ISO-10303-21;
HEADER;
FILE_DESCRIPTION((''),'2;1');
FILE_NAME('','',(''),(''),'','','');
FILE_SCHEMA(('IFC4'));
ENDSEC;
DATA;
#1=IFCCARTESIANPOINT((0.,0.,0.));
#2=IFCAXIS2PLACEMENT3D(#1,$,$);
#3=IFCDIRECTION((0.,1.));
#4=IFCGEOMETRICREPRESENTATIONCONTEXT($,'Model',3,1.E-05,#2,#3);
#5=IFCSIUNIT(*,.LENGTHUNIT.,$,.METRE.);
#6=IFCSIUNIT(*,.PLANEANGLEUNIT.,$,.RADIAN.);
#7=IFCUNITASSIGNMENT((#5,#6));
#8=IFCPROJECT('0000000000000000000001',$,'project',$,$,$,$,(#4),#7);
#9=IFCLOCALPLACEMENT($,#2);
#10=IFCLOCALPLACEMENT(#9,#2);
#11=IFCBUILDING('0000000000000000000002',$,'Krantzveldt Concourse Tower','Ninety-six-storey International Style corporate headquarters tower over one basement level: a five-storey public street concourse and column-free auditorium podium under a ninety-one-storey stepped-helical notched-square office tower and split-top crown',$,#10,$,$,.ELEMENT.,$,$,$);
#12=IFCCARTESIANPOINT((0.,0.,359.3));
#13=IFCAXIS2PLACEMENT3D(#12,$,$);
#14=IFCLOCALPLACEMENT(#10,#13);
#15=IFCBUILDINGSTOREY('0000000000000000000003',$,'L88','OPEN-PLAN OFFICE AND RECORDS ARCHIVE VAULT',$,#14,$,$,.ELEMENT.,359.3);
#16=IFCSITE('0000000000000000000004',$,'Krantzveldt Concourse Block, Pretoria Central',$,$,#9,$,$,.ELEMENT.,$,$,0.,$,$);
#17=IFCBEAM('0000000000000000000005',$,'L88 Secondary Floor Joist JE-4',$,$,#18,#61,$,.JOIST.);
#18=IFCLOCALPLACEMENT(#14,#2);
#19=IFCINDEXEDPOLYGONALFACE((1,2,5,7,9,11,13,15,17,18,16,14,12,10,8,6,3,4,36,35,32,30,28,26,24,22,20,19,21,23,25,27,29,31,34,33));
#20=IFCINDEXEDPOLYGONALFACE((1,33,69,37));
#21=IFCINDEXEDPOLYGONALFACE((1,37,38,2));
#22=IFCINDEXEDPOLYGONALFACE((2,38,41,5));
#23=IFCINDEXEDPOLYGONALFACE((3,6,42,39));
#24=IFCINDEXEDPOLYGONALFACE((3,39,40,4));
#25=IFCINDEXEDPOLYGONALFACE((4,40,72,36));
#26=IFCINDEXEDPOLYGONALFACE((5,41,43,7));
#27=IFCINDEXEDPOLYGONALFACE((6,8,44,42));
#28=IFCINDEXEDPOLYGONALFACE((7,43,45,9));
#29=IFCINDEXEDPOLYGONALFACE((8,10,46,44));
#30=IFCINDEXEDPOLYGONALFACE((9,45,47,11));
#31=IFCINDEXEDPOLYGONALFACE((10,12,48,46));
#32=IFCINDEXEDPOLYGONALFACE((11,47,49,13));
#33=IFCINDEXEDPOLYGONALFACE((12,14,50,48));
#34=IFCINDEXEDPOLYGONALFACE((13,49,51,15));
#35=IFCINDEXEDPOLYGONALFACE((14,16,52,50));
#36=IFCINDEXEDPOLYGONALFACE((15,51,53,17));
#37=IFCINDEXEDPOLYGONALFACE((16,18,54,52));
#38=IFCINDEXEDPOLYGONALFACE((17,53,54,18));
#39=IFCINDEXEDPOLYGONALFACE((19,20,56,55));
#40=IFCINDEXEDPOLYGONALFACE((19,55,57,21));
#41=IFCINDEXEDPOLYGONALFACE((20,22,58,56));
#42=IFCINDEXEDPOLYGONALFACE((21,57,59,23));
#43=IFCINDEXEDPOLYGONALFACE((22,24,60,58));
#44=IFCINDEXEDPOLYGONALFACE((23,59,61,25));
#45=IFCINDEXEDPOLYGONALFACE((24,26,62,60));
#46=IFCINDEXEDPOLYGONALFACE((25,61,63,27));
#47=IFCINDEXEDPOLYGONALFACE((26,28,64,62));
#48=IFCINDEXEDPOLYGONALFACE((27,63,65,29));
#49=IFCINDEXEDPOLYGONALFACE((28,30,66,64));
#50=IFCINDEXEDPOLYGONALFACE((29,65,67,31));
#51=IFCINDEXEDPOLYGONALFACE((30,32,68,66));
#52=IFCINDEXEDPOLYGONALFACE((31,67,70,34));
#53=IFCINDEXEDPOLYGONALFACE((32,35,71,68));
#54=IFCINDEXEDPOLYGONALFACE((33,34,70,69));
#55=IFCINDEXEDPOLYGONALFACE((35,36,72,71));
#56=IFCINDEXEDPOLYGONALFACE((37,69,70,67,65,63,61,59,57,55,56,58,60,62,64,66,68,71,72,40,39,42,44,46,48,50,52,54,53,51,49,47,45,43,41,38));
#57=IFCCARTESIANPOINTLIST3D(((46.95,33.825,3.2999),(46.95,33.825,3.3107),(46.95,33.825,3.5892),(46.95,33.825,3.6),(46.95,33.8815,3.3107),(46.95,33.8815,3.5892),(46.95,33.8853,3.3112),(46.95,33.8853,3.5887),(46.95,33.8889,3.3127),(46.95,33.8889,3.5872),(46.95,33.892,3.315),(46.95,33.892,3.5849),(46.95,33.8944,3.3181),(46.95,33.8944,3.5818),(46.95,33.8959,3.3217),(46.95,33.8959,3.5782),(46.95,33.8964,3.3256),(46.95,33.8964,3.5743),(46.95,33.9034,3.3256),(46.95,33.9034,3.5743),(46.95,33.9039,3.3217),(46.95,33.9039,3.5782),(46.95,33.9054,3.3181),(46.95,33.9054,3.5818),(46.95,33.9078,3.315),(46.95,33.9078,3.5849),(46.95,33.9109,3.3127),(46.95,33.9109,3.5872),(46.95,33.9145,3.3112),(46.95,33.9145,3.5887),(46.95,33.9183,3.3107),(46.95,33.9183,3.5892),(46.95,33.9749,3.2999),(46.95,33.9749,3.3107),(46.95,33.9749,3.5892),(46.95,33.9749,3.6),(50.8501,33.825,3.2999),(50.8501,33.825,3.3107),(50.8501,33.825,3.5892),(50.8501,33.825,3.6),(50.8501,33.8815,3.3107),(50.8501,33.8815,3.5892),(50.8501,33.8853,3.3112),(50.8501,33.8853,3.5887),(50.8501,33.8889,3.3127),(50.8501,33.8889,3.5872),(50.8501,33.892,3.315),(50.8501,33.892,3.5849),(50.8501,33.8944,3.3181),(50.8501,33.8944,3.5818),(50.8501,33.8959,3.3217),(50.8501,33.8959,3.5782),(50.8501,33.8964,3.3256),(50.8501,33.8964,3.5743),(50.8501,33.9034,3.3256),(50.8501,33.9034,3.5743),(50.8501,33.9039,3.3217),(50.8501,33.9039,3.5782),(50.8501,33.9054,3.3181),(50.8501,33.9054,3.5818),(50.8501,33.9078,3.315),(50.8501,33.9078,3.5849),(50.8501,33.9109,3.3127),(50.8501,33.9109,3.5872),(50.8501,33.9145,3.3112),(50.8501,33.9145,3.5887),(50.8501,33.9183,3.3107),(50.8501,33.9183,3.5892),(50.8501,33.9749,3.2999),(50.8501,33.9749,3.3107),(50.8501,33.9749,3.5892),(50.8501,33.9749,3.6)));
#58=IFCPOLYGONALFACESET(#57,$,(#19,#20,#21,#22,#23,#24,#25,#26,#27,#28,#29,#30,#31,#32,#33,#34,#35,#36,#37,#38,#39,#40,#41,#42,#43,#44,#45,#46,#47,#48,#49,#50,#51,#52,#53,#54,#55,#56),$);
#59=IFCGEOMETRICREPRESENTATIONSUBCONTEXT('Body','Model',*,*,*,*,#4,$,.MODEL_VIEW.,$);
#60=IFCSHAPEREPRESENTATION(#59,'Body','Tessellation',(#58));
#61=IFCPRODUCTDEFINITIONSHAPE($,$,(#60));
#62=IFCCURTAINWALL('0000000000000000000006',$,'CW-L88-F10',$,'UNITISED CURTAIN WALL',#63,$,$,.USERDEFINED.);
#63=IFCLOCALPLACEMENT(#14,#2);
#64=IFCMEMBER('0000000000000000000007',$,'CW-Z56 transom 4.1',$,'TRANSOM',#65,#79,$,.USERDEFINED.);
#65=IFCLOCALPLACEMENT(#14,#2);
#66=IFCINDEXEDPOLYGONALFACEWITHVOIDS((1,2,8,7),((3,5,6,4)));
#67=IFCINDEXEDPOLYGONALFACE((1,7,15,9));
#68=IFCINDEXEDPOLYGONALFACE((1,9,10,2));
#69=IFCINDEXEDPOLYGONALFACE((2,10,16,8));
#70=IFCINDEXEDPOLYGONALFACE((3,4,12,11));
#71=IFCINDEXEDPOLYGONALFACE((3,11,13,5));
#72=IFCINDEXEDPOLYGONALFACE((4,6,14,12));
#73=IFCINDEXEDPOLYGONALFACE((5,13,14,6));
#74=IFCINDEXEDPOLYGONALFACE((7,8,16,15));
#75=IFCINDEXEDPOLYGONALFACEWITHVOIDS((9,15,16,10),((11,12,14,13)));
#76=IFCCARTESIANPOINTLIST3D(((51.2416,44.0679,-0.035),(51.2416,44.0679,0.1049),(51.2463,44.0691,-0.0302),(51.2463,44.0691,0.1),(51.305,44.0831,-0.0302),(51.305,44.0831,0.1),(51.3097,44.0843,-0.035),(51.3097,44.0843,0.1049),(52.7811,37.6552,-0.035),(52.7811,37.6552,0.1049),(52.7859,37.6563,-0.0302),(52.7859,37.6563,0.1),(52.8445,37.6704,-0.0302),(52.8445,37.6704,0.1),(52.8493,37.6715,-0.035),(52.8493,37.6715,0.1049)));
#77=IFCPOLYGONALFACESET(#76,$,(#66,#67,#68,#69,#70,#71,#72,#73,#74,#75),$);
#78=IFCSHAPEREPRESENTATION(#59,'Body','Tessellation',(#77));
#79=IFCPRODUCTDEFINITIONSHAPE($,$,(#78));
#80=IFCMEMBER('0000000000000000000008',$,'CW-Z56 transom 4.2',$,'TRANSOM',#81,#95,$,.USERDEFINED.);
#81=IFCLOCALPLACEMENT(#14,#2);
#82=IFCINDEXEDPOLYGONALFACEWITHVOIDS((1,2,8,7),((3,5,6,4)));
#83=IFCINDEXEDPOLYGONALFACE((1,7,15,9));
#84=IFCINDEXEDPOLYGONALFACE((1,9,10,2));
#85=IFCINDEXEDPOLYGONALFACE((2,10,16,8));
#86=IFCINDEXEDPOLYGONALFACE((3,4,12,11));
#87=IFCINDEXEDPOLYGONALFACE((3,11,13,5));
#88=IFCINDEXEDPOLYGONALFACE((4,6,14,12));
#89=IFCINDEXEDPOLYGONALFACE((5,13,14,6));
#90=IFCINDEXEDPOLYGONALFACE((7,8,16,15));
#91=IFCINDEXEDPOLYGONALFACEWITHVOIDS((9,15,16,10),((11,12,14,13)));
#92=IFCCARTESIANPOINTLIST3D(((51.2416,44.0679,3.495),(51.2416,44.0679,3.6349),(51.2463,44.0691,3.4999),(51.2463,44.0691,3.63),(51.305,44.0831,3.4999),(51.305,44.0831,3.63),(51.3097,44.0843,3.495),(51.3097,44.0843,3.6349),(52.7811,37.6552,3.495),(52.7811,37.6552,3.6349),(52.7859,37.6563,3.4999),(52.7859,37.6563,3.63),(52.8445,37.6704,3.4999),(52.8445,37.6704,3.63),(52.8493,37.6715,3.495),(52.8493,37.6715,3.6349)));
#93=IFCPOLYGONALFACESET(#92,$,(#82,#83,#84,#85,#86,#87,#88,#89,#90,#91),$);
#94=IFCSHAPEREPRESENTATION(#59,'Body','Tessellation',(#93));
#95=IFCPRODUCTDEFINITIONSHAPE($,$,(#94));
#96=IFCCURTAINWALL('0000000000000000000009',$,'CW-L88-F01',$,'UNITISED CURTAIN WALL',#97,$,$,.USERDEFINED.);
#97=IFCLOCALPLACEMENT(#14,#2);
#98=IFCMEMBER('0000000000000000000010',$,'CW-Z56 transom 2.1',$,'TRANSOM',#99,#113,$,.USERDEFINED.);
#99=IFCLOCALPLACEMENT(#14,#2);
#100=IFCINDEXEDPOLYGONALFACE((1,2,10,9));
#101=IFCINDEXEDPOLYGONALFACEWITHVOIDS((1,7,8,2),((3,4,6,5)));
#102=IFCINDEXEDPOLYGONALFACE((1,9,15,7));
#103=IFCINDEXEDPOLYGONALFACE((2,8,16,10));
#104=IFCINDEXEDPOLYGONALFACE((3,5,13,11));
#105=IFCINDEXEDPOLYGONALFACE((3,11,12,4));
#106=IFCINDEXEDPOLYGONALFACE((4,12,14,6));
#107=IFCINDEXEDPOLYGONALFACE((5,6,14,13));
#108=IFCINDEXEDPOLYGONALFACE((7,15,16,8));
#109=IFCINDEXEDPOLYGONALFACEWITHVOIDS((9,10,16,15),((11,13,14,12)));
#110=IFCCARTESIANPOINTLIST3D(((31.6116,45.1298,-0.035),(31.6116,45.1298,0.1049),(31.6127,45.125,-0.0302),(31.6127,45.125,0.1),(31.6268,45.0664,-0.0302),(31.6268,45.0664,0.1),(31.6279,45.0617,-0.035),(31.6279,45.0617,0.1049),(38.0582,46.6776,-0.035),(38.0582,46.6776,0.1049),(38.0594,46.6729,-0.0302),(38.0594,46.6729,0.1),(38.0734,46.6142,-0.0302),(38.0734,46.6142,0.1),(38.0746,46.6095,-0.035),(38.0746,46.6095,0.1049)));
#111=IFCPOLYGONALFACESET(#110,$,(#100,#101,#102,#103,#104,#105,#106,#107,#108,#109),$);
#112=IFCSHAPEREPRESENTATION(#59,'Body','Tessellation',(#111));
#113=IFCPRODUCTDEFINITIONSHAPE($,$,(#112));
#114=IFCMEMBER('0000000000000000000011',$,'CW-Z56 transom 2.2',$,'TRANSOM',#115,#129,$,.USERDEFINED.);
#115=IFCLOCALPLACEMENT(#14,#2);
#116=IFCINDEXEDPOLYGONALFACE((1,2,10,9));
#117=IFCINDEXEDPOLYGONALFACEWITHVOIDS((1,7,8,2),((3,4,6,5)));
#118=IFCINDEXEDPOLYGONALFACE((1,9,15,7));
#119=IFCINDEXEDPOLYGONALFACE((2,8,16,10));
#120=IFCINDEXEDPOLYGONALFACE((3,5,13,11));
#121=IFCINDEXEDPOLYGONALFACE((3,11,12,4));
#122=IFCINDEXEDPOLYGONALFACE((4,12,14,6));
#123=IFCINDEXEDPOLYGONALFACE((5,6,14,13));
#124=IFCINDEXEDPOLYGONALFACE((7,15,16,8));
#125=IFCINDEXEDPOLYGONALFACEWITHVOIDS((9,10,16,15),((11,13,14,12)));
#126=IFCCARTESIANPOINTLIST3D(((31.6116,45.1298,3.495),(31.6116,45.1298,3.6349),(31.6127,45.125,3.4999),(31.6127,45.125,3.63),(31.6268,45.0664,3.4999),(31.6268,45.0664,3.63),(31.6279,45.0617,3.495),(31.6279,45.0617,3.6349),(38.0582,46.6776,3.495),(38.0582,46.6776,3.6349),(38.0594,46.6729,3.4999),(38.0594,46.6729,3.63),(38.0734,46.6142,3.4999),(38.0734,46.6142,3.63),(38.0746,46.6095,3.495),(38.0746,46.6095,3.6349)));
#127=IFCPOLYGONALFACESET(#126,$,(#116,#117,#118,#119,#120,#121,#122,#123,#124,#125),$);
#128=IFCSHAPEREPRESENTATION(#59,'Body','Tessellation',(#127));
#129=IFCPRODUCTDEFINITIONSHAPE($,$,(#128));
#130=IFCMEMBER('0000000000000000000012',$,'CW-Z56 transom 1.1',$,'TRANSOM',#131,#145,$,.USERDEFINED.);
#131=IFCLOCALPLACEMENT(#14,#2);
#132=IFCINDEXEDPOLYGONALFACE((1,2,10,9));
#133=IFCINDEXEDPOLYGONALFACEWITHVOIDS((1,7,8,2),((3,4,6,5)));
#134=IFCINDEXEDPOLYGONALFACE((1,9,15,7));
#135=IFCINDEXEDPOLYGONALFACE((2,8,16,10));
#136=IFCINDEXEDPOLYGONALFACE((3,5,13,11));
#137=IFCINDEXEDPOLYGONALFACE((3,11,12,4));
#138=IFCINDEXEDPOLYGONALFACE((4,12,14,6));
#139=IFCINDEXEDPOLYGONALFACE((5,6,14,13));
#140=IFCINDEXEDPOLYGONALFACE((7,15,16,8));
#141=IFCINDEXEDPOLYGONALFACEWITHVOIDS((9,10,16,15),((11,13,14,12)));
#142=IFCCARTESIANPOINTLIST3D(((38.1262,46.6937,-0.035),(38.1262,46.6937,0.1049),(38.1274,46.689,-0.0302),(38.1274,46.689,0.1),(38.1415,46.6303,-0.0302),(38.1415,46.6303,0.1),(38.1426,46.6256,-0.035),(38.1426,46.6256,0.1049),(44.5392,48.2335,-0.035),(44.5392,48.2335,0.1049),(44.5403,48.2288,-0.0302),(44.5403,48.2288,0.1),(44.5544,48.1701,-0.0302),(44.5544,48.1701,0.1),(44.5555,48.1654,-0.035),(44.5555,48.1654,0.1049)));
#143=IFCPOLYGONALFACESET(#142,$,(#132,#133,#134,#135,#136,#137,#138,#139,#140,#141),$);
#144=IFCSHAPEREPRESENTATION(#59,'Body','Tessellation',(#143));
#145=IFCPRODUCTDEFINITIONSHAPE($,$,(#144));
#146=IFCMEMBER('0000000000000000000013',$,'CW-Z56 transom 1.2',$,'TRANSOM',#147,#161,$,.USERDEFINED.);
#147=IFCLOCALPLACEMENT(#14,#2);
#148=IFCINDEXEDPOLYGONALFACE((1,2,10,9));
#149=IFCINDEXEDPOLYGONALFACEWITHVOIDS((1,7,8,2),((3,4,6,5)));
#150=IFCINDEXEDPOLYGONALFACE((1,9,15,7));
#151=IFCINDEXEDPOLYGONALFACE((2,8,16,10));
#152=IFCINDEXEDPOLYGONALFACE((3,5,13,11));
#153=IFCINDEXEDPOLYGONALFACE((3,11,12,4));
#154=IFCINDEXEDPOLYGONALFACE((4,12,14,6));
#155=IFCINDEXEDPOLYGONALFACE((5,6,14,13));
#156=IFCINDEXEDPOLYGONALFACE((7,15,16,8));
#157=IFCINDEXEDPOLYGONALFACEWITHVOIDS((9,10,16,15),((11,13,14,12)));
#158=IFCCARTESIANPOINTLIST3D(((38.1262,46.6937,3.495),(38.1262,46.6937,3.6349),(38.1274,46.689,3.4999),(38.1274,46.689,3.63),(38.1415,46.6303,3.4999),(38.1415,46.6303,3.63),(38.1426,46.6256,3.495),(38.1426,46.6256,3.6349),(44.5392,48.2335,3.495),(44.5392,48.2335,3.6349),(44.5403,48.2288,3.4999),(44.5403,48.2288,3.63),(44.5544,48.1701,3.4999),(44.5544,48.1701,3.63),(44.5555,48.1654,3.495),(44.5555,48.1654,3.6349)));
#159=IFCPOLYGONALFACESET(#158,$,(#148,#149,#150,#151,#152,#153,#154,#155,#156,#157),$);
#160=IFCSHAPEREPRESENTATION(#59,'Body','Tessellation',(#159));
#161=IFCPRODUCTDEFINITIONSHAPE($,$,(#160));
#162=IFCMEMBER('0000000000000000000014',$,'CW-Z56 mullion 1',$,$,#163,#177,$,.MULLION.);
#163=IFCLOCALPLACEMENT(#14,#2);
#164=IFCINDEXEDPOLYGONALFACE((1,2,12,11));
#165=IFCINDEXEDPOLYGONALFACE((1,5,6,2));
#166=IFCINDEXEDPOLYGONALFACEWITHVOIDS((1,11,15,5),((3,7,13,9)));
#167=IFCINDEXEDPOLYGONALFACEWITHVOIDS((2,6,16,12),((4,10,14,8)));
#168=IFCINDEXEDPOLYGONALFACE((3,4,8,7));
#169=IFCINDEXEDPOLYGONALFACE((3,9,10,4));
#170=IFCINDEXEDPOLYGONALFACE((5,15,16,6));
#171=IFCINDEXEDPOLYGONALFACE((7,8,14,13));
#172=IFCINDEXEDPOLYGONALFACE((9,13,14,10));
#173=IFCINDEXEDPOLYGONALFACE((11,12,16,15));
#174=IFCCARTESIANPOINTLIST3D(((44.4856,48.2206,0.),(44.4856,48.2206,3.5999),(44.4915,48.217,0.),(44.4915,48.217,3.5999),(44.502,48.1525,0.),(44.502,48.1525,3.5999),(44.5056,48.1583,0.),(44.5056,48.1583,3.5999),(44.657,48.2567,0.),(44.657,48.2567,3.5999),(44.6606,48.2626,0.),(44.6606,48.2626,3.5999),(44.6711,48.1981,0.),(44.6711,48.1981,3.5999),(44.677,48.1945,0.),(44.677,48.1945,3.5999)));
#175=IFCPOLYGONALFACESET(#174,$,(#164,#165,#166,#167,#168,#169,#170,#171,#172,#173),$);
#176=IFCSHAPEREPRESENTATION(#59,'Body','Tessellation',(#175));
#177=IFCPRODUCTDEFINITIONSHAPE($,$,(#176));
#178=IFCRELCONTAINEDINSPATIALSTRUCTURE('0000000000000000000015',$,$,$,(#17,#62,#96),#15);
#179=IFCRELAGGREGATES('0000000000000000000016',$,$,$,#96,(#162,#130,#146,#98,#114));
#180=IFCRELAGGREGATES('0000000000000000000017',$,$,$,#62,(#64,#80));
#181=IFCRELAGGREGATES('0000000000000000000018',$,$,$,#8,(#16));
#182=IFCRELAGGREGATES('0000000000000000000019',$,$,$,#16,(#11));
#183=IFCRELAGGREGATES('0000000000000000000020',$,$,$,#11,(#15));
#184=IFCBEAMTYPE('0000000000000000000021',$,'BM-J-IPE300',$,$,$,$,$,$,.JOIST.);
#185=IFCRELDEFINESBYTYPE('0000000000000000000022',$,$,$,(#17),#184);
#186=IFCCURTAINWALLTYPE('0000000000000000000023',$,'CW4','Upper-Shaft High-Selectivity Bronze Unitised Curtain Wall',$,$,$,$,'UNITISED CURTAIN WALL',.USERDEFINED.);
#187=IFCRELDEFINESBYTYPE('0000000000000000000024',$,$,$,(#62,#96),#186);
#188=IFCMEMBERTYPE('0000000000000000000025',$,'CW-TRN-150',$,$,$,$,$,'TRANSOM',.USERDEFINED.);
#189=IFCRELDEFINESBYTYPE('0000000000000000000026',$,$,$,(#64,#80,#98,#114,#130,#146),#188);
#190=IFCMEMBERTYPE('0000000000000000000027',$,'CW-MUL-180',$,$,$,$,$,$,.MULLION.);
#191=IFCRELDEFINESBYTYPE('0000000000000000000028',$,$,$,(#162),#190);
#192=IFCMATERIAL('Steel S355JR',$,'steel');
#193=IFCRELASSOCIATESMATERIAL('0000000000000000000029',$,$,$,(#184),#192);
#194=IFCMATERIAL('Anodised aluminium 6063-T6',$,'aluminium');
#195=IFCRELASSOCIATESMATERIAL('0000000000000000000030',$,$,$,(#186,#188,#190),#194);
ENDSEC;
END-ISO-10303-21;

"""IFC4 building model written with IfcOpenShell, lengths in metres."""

from ifc_helpers import new_model, si_unit, direction, frame, origin, origin_2d, place, context, subcontext, project, spatial, hollow_rectangle, i_section, extrude, source, transform, mapped, material, material_profile, profile_set, type_object, type_shapes, element, aggregate, save


model = new_model("IFC4")

# Units and contexts
model_context = context("Model", 3, precision=1e-05, world=origin(), true_north=direction((0.0, 1.0)))
body_context = subcontext(model_context, "Body", "Model", "MODEL_VIEW")
ifc_project = project(units=[si_unit("LENGTHUNIT", "METRE"), si_unit("PLANEANGLEUNIT", "RADIAN")], contexts=[model_context])

# Site, building, storey
site_placement = place(None, origin())
site = spatial("IfcSite", under=ifc_project, at=site_placement, Name="Krantzveldt Concourse Block, Pretoria Central", CompositionType="ELEMENT", RefElevation=0.0)
building_placement = place(site_placement, origin())
building = spatial("IfcBuilding", under=site, at=building_placement, Name="Krantzveldt Concourse Tower", Description="Ninety-six-storey International Style corporate headquarters tower over one basement level: a five-storey public street concourse and column-free auditorium podium under a ninety-one-storey stepped-helical notched-square office tower and split-top crown", CompositionType="ELEMENT")
storey_placement = place(building_placement, frame((0.0, 0.0, 359.3)))
storey = spatial("IfcBuildingStorey", under=building, at=storey_placement, Name="L88", Description="OPEN-PLAN OFFICE AND RECORDS ARCHIVE VAULT", CompositionType="ELEMENT", Elevation=359.3)

# Beam
ifc_material_1 = material(Name="Steel S355JR", Category="steel")
ifc_material_profile_1 = material_profile(ifc_material_1, i_section(OverallWidth=0.1499, OverallDepth=0.3, WebThickness=0.0071, FlangeThickness=0.0107, FilletRadius=0.0149, at=origin_2d()), Name="Steel S355JR", Category="steel")
ifc_profile_set_1 = profile_set([ifc_material_profile_1], Name="Steel S355JR - IPE 300")
beam_type_1 = type_object("IfcBeamType", Name="BM-J-IPE300", PredefinedType="JOIST", material=ifc_profile_set_1)
shared_shape_1 = source(origin(), body_context, "Body", "SweptSolid", [
    extrude(i_section(OverallWidth=0.1499, OverallDepth=0.3, WebThickness=0.0071, FlangeThickness=0.0107, FilletRadius=0.0149, at=origin_2d()), origin(), (0.0, 0.0, 1.0), 3.9001),
])
type_shapes(beam_type_1, [shared_shape_1])
beam_1_placement = place(storey_placement, frame((46.95, 33.8999, 3.45), z_axis=(1.0, 0.0, 0.0), x_axis=(0.0, 1.0, 0.0)))
element("IfcBeam", 1, at=beam_1_placement, inside=storey, type_object=beam_type_1, Name="L88 Secondary Floor Joist JE-4", PredefinedType="JOIST", context=body_context, shape_type="MappedRepresentation", body=[
    mapped(shared_shape_1, transform((0.0, 0.0, 0.0), x_axis=(1.0, 0.0, 0.0), y_axis=(0.0, 1.0, 0.0), z_axis=(0.0, 0.0, 1.0), scale=1.0)),
])

# Curtain walls, members
ifc_material_2 = material(Name="Anodised aluminium 6063-T6", Category="aluminium")
curtain_wall_type = type_object("IfcCurtainWallType", Name="CW4", Description="Upper-Shaft High-Selectivity Bronze Unitised Curtain Wall", ElementType="UNITISED CURTAIN WALL", PredefinedType="USERDEFINED", material=ifc_material_2)
curtain_wall_1_placement = place(storey_placement, origin())
curtain_wall_1 = element("IfcCurtainWall", 2, at=curtain_wall_1_placement, inside=storey, type_object=curtain_wall_type, Name="CW-L88-F10", ObjectType="UNITISED CURTAIN WALL", PredefinedType="USERDEFINED")
ifc_material_profile_2 = material_profile(ifc_material_2, hollow_rectangle(XDim=0.0701, YDim=0.1399, WallThickness=0.0049, at=origin_2d()), Name="Anodised aluminium 6063-T6", Category="aluminium")
ifc_profile_set_2 = profile_set([ifc_material_profile_2], Name="Anodised aluminium 6063-T6 - ALU-TRAN 140x70x5")
member_type_1 = type_object("IfcMemberType", Name="CW-TRN-150", ElementType="TRANSOM", PredefinedType="USERDEFINED", material=ifc_profile_set_2)
shared_shape_2 = source(origin(), body_context, "Body", "SweptSolid", [
    extrude(hollow_rectangle(XDim=0.0701, YDim=0.1399, WallThickness=0.0049, at=origin_2d()), origin(), (0.0, 0.0, 1.0), 6.595),
])
member_1_placement = place(storey_placement, frame((52.8152, 37.6633, 0.0349), z_axis=(-0.23344, 0.972371, 0.0), x_axis=(-0.972371, -0.23344, 0.0)))
member_1 = element("IfcMember", 3, at=member_1_placement, type_object=member_type_1, Name="CW-Z56 transom 4.1", ObjectType="TRANSOM", PredefinedType="USERDEFINED", context=body_context, shape_type="MappedRepresentation", body=[
    mapped(shared_shape_2, transform((0.0, 0.0, 0.0), x_axis=(1.0, 0.0, 0.0), y_axis=(0.0, 1.0, 0.0), z_axis=(0.0, 0.0, 1.0), scale=1.0)),
])
member_2_placement = place(storey_placement, frame((52.8152, 37.6633, 3.5649), z_axis=(-0.23344, 0.972371, 0.0), x_axis=(-0.972371, -0.23344, 0.0)))
member_2 = element("IfcMember", 4, at=member_2_placement, type_object=member_type_1, Name="CW-Z56 transom 4.2", ObjectType="TRANSOM", PredefinedType="USERDEFINED", context=body_context, shape_type="MappedRepresentation", body=[
    mapped(shared_shape_2, transform((0.0, 0.0, 0.0), x_axis=(1.0, 0.0, 0.0), y_axis=(0.0, 1.0, 0.0), z_axis=(0.0, 0.0, 1.0), scale=1.0)),
])
curtain_wall_2_placement = place(storey_placement, origin())
curtain_wall_2 = element("IfcCurtainWall", 5, at=curtain_wall_2_placement, inside=storey, type_object=curtain_wall_type, Name="CW-L88-F01", ObjectType="UNITISED CURTAIN WALL", PredefinedType="USERDEFINED")
shared_shape_3 = source(origin(), body_context, "Body", "SweptSolid", [
    extrude(hollow_rectangle(XDim=0.0701, YDim=0.1399, WallThickness=0.0049, at=origin_2d()), origin(), (0.0, 0.0, 1.0), 6.6299),
])
member_3_placement = place(storey_placement, frame((38.0664, 46.6436, 0.0349), z_axis=(-0.972366, -0.233462, 0.0), x_axis=(0.233462, -0.972366, 0.0)))
member_3 = element("IfcMember", 6, at=member_3_placement, type_object=member_type_1, Name="CW-Z56 transom 2.1", ObjectType="TRANSOM", PredefinedType="USERDEFINED", context=body_context, shape_type="MappedRepresentation", body=[
    mapped(shared_shape_3, transform((0.0, 0.0, 0.0), x_axis=(1.0, 0.0, 0.0), y_axis=(0.0, 1.0, 0.0), z_axis=(0.0, 0.0, 1.0), scale=1.0)),
])
member_4_placement = place(storey_placement, frame((38.0664, 46.6436, 3.5649), z_axis=(-0.972366, -0.233462, 0.0), x_axis=(0.233462, -0.972366, 0.0)))
member_4 = element("IfcMember", 7, at=member_4_placement, type_object=member_type_1, Name="CW-Z56 transom 2.2", ObjectType="TRANSOM", PredefinedType="USERDEFINED", context=body_context, shape_type="MappedRepresentation", body=[
    mapped(shared_shape_3, transform((0.0, 0.0, 0.0), x_axis=(1.0, 0.0, 0.0), y_axis=(0.0, 1.0, 0.0), z_axis=(0.0, 0.0, 1.0), scale=1.0)),
])
shared_shape_4 = source(origin(), body_context, "Body", "SweptSolid", [
    extrude(hollow_rectangle(XDim=0.0701, YDim=0.1399, WallThickness=0.0049, at=origin_2d()), origin(), (0.0, 0.0, 1.0), 6.5952),
])
type_shapes(member_type_1, [shared_shape_2, shared_shape_3, shared_shape_4])
member_5_placement = place(storey_placement, frame((44.5474, 48.1995, 0.0349), z_axis=(-0.972363, -0.233475, 0.0), x_axis=(0.233475, -0.972363, 0.0)))
member_5 = element("IfcMember", 8, at=member_5_placement, type_object=member_type_1, Name="CW-Z56 transom 1.1", ObjectType="TRANSOM", PredefinedType="USERDEFINED", context=body_context, shape_type="MappedRepresentation", body=[
    mapped(shared_shape_4, transform((0.0, 0.0, 0.0), x_axis=(1.0, 0.0, 0.0), y_axis=(0.0, 1.0, 0.0), z_axis=(0.0, 0.0, 1.0), scale=1.0)),
])
member_6_placement = place(storey_placement, frame((44.5474, 48.1995, 3.5649), z_axis=(-0.972363, -0.233475, 0.0), x_axis=(0.233475, -0.972363, 0.0)))
member_6 = element("IfcMember", 9, at=member_6_placement, type_object=member_type_1, Name="CW-Z56 transom 1.2", ObjectType="TRANSOM", PredefinedType="USERDEFINED", context=body_context, shape_type="MappedRepresentation", body=[
    mapped(shared_shape_4, transform((0.0, 0.0, 0.0), x_axis=(1.0, 0.0, 0.0), y_axis=(0.0, 1.0, 0.0), z_axis=(0.0, 0.0, 1.0), scale=1.0)),
])
ifc_material_profile_3 = material_profile(ifc_material_2, hollow_rectangle(XDim=0.0701, YDim=0.1799, WallThickness=0.0049, at=origin_2d()), Name="Anodised aluminium 6063-T6", Category="aluminium")
ifc_profile_set_3 = profile_set([ifc_material_profile_3], Name="Anodised aluminium 6063-T6 - ALU-MULL 180x70x5")
member_type_2 = type_object("IfcMemberType", Name="CW-MUL-180", PredefinedType="MULLION", material=ifc_profile_set_3)
shared_shape_5 = source(origin(), body_context, "Body", "SweptSolid", [
    extrude(hollow_rectangle(XDim=0.0701, YDim=0.1799, WallThickness=0.0049, at=origin_2d()), origin(), (0.0, 0.0, 1.0), 3.5999),
])
type_shapes(member_type_2, [shared_shape_5])
member_7_placement = place(storey_placement, frame((44.5813, 48.2075, 0.0), z_axis=(0.0, 0.0, 1.0), x_axis=(0.233445, -0.97237, 0.0)))
member_7 = element("IfcMember", 10, at=member_7_placement, type_object=member_type_2, Name="CW-Z56 mullion 1", PredefinedType="MULLION", context=body_context, shape_type="MappedRepresentation", body=[
    mapped(shared_shape_5, transform((0.0, 0.0, 0.0), x_axis=(1.0, 0.0, 0.0), y_axis=(0.0, 1.0, 0.0), z_axis=(0.0, 0.0, 1.0), scale=1.0)),
])

aggregate(curtain_wall_2, [member_7, member_5, member_6, member_3, member_4])
aggregate(curtain_wall_1, [member_1, member_2])

save(model, "model.ifc")
